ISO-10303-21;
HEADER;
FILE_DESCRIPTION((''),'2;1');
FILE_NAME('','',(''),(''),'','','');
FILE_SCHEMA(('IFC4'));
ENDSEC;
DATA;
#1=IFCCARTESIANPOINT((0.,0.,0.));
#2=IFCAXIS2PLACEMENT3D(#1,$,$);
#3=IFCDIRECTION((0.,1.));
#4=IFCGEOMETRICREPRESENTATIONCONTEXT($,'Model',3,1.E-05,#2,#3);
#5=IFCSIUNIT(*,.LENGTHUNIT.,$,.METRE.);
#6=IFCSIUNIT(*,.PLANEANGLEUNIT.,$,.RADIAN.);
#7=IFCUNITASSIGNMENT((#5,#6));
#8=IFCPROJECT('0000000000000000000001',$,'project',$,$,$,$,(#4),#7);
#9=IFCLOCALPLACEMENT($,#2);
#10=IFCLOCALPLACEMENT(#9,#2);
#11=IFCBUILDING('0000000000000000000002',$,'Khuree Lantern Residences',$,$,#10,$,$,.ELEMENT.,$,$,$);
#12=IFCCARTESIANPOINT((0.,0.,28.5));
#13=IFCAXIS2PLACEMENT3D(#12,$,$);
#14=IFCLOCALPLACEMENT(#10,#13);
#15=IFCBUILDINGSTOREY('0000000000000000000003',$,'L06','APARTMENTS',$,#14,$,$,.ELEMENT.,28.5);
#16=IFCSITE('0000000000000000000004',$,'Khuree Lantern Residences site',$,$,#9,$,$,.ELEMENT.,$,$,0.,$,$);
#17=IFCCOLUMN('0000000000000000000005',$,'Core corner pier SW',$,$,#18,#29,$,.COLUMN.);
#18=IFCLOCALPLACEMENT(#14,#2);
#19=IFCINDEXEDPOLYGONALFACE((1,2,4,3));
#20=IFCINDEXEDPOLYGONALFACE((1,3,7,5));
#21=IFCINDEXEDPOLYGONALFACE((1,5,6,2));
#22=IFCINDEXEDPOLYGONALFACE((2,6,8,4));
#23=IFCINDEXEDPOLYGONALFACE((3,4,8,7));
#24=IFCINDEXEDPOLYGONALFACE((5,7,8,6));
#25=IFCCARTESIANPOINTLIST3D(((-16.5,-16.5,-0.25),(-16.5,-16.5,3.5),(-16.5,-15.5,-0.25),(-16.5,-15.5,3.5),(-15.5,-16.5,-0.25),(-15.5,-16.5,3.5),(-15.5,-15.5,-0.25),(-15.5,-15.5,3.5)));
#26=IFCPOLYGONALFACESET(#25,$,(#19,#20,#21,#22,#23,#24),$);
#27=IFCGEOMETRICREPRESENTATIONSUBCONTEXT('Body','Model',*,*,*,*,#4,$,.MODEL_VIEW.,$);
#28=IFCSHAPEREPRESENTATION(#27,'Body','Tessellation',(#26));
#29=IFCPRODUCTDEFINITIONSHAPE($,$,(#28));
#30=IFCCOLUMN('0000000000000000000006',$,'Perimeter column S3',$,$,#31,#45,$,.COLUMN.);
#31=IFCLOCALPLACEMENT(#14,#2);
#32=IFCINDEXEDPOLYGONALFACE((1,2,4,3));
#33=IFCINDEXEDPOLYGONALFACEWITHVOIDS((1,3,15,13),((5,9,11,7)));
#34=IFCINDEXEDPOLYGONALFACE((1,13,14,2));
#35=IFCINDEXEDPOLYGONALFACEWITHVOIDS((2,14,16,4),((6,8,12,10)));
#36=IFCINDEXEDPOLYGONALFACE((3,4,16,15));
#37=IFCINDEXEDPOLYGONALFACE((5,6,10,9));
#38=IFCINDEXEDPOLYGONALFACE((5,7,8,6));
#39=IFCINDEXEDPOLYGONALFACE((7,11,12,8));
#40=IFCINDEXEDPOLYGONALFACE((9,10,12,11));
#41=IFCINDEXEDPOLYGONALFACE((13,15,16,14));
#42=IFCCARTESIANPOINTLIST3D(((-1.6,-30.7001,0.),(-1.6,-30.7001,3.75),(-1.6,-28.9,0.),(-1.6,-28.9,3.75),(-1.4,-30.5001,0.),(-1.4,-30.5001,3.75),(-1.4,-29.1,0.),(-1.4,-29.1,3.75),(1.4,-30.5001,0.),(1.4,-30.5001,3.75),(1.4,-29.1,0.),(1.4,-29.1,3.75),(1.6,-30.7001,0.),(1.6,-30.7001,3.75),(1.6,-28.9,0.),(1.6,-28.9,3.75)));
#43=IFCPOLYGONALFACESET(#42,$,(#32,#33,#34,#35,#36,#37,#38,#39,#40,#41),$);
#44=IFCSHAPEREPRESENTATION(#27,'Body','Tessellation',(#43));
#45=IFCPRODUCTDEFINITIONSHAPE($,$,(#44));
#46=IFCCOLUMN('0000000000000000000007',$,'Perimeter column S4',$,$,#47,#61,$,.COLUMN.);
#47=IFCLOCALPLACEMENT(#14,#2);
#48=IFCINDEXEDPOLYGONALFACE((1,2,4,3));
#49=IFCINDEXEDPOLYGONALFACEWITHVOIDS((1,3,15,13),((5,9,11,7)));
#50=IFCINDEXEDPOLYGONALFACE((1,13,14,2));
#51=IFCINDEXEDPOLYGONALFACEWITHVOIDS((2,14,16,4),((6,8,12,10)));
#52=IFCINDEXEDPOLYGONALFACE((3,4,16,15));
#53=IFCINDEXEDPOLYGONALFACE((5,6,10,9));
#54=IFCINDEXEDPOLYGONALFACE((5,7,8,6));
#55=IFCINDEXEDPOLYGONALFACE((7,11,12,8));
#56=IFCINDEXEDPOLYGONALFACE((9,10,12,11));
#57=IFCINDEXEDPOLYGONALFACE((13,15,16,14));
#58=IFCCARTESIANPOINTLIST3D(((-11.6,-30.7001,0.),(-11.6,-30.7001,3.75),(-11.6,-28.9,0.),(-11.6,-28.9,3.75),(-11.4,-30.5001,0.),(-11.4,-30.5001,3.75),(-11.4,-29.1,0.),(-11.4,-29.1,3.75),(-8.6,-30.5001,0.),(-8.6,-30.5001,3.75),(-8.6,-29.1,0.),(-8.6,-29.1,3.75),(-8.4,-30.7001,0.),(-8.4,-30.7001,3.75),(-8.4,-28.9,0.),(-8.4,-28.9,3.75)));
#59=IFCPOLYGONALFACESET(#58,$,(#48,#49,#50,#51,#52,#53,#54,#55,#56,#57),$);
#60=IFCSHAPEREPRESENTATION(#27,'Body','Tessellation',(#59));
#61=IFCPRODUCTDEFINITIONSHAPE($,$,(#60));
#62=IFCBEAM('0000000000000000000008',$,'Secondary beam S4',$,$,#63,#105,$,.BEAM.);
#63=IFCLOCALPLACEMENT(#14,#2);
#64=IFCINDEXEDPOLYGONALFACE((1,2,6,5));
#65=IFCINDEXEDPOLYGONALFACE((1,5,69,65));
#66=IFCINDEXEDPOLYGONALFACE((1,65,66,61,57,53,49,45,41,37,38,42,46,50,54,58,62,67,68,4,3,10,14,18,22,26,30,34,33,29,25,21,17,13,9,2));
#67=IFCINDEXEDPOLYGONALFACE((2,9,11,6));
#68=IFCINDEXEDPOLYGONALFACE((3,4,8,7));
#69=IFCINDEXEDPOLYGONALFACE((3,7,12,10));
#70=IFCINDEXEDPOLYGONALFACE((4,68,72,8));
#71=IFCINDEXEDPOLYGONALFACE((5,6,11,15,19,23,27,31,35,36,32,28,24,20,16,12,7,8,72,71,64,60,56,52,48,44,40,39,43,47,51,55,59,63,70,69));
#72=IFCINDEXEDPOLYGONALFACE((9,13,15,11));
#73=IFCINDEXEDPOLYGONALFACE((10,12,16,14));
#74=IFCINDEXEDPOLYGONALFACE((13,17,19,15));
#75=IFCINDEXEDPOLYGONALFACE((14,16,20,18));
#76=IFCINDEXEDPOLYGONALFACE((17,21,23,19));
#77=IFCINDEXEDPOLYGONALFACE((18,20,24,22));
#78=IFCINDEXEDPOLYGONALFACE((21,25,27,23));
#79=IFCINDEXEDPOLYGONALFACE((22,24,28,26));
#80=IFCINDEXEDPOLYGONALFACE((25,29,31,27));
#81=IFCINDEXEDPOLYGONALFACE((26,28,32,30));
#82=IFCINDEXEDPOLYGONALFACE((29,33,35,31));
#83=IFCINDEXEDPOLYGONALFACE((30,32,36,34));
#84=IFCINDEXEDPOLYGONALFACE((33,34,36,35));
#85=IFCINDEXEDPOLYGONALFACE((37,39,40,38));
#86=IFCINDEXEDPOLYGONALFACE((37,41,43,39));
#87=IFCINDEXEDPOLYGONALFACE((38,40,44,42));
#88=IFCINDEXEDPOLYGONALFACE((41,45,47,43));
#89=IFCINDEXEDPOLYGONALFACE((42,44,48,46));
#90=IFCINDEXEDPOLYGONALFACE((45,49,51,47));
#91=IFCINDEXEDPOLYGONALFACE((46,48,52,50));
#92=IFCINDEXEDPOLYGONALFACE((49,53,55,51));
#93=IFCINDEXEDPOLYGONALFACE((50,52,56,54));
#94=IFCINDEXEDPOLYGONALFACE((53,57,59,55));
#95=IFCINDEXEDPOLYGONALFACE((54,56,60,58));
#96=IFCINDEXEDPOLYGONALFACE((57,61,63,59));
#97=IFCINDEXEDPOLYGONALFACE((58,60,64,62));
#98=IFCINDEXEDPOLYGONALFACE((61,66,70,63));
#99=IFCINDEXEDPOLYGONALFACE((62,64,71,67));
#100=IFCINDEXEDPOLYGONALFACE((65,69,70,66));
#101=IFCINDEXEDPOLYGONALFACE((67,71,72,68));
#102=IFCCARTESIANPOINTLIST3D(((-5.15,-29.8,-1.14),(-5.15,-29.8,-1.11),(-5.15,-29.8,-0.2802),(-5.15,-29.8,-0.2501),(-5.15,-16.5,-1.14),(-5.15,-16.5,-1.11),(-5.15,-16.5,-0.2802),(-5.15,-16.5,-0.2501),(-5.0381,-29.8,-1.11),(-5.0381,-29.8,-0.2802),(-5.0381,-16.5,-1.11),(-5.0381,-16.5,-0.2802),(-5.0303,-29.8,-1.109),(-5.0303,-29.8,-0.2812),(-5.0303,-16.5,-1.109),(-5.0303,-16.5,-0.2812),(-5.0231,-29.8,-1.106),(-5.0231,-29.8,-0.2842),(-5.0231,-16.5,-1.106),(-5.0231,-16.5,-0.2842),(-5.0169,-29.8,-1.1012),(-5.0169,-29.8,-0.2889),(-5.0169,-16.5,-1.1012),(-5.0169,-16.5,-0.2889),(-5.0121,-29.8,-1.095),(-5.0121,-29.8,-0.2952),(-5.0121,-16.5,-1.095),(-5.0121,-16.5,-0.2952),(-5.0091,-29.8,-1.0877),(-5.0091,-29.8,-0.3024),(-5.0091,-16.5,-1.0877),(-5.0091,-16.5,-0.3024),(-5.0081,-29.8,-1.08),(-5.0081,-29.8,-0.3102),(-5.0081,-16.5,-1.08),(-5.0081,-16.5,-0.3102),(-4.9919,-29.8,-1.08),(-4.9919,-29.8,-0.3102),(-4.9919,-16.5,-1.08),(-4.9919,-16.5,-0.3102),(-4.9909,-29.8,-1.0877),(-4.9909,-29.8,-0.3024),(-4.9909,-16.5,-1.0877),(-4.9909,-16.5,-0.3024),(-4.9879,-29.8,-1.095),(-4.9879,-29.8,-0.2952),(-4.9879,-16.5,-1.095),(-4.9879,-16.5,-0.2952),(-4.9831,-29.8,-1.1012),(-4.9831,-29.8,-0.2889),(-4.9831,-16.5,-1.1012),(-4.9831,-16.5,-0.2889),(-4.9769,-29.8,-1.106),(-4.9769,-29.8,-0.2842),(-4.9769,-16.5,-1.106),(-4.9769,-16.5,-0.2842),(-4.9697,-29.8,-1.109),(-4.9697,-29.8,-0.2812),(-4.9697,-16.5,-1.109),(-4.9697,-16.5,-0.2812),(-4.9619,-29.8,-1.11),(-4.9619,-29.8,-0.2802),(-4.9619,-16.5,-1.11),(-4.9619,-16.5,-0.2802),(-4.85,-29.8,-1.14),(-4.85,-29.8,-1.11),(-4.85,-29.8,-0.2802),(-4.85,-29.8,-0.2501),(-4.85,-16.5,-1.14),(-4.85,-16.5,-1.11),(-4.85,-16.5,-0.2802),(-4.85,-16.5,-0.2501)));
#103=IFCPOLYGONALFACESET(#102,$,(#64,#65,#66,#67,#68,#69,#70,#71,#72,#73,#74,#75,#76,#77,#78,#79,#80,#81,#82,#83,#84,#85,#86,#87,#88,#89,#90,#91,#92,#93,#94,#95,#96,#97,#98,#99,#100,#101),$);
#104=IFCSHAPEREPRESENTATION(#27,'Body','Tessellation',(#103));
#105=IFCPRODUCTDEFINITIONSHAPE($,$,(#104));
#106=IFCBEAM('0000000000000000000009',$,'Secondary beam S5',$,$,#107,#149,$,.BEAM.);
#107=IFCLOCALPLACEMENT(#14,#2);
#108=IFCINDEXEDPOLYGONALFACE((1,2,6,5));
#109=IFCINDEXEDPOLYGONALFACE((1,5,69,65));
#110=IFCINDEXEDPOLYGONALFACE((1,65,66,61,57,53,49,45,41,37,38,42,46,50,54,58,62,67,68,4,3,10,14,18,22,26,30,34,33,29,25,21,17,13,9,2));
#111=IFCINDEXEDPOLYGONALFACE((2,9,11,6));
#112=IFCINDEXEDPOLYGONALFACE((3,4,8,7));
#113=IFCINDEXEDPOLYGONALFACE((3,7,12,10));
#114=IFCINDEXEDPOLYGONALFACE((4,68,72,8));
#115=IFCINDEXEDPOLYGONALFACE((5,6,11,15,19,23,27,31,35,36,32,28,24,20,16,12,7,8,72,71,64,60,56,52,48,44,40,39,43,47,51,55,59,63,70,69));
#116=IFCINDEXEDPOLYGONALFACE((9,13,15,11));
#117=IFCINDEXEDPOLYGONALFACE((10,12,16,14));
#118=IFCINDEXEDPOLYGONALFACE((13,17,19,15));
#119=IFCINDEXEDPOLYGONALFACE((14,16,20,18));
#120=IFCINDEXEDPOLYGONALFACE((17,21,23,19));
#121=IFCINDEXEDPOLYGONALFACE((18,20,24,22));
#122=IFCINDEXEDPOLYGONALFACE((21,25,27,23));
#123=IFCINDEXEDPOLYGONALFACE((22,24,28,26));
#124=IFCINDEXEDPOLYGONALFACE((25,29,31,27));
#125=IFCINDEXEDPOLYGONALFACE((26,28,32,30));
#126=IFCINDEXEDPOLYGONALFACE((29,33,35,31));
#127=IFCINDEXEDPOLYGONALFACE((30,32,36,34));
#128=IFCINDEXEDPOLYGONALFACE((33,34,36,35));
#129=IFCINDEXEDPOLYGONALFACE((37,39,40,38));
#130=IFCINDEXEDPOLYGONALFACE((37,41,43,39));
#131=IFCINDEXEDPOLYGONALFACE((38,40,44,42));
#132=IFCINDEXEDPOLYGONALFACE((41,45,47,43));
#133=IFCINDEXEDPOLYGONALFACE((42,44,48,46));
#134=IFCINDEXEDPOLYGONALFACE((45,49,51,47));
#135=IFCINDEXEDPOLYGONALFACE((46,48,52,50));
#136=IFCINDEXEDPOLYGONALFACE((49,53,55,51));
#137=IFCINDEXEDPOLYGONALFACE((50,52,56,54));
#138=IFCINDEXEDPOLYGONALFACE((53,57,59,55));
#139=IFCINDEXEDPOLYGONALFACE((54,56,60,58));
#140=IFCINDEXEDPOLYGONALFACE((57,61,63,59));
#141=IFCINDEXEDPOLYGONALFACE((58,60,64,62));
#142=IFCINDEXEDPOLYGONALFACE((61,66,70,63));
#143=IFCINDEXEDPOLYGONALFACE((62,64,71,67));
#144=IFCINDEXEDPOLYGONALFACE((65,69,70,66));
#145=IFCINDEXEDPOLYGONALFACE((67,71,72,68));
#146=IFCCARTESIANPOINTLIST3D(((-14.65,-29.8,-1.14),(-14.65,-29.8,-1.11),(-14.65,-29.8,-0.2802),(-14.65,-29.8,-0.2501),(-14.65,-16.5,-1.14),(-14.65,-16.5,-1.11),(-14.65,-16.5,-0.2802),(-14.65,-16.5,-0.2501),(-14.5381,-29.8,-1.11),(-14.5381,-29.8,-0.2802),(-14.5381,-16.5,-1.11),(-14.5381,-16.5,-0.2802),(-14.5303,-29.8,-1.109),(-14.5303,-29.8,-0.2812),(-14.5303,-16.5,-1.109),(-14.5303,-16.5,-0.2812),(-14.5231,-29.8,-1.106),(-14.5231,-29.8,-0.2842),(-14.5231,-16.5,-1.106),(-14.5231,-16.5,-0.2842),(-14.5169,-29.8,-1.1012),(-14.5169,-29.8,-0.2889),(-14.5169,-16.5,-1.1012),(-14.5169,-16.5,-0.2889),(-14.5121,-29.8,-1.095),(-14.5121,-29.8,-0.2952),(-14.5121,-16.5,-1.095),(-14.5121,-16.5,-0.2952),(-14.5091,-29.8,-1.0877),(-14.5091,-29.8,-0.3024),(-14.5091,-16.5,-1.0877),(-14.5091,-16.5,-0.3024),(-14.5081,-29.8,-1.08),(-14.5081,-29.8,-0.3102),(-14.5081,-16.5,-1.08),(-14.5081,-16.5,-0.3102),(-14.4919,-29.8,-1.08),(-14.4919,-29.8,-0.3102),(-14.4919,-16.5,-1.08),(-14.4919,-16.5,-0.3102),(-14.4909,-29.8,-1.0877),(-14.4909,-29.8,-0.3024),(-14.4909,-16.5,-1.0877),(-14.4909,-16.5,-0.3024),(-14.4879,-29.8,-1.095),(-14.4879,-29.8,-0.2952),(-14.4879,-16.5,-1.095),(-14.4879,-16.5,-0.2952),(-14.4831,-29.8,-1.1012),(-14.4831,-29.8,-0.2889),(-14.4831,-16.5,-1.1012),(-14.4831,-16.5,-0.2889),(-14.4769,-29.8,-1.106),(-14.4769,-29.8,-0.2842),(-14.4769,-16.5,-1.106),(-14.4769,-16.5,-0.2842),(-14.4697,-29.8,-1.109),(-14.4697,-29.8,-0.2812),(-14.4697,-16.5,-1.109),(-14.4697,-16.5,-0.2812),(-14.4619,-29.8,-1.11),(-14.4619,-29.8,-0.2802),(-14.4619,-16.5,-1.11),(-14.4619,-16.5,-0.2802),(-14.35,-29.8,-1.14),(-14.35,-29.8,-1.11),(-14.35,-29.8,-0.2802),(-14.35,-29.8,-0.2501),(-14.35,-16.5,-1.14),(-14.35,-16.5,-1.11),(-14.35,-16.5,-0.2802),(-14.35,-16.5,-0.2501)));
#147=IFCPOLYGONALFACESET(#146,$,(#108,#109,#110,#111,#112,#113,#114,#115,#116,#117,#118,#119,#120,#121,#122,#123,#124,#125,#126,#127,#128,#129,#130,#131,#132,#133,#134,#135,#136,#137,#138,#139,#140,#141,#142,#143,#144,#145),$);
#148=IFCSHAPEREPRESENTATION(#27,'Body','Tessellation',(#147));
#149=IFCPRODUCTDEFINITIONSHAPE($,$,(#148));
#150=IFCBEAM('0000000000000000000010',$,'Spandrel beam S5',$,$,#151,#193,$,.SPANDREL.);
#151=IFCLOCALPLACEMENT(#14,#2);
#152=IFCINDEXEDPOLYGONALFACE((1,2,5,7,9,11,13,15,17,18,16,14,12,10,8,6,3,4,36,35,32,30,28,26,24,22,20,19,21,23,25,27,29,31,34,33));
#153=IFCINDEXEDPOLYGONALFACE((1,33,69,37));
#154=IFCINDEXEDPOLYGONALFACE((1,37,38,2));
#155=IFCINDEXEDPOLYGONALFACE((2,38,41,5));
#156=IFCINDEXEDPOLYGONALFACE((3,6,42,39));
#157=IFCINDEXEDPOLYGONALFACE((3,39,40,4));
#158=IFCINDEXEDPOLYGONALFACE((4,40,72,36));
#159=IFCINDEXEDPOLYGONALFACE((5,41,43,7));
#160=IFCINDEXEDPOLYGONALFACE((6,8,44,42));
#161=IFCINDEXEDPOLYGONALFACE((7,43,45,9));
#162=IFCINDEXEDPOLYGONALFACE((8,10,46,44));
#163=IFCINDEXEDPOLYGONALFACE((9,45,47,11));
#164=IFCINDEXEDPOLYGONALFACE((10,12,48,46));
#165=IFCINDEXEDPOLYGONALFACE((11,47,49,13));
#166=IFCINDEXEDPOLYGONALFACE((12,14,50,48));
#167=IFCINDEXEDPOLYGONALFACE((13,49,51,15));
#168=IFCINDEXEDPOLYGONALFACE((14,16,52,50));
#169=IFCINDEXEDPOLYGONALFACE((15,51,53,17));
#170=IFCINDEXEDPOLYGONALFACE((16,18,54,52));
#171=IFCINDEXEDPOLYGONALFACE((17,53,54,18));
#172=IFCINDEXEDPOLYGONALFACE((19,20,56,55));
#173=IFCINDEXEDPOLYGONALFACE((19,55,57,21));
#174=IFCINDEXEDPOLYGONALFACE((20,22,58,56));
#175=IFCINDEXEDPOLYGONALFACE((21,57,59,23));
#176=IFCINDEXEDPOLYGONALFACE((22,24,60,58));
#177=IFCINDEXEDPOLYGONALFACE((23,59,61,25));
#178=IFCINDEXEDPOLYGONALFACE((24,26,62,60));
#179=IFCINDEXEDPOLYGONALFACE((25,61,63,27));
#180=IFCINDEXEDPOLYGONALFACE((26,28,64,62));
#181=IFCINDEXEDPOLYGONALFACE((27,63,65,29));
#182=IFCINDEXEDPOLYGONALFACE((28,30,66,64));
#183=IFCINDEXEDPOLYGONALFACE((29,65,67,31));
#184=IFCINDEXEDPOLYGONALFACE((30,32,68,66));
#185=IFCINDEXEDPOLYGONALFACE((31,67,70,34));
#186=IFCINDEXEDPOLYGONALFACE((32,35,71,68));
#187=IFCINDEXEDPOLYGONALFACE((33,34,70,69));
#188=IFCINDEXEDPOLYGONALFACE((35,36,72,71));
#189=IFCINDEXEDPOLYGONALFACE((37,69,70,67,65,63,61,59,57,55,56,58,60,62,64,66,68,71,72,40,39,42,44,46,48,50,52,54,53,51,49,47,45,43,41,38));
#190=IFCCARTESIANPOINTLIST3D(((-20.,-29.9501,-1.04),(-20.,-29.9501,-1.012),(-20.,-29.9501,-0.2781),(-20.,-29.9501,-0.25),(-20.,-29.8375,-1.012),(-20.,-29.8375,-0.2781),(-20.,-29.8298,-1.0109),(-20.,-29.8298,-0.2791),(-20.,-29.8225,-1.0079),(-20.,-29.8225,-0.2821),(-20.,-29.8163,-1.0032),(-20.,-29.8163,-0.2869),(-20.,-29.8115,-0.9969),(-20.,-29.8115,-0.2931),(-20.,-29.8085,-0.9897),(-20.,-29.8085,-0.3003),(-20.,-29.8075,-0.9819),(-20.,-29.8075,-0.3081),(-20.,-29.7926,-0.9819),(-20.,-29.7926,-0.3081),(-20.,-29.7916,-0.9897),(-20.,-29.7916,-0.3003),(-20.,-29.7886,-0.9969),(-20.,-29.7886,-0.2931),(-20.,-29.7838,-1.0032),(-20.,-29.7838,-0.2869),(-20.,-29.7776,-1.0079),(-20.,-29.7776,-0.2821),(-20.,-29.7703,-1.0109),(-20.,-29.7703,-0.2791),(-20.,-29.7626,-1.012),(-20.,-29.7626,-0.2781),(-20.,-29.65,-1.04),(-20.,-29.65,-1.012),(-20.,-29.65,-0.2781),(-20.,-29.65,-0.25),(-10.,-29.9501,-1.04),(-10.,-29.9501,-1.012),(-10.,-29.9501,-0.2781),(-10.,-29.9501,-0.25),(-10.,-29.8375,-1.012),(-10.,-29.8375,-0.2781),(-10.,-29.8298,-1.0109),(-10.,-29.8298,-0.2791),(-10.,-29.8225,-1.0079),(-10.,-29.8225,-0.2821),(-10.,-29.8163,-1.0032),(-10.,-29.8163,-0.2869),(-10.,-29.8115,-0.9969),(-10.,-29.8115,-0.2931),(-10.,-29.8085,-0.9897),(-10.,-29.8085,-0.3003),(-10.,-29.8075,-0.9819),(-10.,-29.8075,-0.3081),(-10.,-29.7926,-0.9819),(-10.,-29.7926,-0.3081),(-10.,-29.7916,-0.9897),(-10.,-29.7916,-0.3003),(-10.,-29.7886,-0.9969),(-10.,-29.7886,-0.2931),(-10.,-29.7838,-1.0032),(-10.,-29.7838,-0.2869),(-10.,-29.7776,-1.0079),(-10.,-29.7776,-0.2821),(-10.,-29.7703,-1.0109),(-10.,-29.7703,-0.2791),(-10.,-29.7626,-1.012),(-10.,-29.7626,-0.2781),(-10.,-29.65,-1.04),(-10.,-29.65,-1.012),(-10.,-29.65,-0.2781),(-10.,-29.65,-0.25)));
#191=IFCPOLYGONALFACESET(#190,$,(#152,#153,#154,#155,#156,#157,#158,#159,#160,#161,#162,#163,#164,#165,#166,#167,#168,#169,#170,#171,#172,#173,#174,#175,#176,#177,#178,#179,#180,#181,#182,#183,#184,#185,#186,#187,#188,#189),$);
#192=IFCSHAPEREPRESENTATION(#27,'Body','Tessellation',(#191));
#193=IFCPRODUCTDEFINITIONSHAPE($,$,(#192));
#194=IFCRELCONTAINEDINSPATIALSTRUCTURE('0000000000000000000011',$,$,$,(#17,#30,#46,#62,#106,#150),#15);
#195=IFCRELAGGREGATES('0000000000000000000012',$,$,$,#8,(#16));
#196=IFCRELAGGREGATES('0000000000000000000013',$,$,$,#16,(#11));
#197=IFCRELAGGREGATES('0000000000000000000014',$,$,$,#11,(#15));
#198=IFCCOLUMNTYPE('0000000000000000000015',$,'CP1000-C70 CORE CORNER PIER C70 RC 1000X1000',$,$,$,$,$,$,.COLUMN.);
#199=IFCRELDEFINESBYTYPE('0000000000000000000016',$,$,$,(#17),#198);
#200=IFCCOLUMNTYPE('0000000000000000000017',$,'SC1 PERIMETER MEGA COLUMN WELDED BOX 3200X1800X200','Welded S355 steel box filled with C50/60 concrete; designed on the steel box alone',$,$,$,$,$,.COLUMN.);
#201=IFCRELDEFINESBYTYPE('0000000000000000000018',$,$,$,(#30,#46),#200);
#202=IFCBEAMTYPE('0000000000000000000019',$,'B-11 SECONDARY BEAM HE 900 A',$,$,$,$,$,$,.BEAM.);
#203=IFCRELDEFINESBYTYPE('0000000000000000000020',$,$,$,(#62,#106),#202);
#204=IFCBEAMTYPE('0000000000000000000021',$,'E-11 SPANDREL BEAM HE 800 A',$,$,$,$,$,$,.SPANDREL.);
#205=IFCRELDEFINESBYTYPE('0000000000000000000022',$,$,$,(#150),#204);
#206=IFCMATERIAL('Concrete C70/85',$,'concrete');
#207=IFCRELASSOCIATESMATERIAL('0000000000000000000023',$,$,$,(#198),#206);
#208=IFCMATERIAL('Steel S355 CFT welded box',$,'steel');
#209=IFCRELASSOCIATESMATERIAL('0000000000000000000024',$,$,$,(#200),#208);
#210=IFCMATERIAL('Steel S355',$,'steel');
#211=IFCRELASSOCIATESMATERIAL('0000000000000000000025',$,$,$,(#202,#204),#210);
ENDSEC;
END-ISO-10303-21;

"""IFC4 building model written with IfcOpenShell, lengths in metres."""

from ifc_helpers import new_model, si_unit, direction, frame, origin, origin_2d, place, context, subcontext, project, spatial, rectangle, hollow_rectangle, i_section, extrude, material, material_profile, profile_set, type_object, element, save


model = new_model("IFC4")

# Units and contexts
model_context = context("Model", 3, precision=1e-05, world=origin(), true_north=direction((0.0, 1.0)))
body_context = subcontext(model_context, "Body", "Model", "MODEL_VIEW")
ifc_project = project(units=[si_unit("LENGTHUNIT", "METRE"), si_unit("PLANEANGLEUNIT", "RADIAN")], contexts=[model_context])

# Site, building, storey
site_placement = place(None, origin())
site = spatial("IfcSite", under=ifc_project, at=site_placement, Name="Khuree Lantern Residences site", CompositionType="ELEMENT", RefElevation=0.0)
building_placement = place(site_placement, origin())
building = spatial("IfcBuilding", under=site, at=building_placement, Name="Khuree Lantern Residences", CompositionType="ELEMENT")
storey_placement = place(building_placement, frame((0.0, 0.0, 28.5)))
storey = spatial("IfcBuildingStorey", under=building, at=storey_placement, Name="L06", Description="APARTMENTS", CompositionType="ELEMENT", Elevation=28.5)

# Columns
ifc_material_1 = material(Name="Concrete C70/85", Category="concrete")
ifc_material_profile_1 = material_profile(ifc_material_1, rectangle(XDim=1.0, YDim=1.0, at=origin_2d()), Name="RC 1000X1000")
ifc_profile_set_1 = profile_set([ifc_material_profile_1], Name="Concrete C70/85")
column_type_1 = type_object("IfcColumnType", Name="CP1000-C70 CORE CORNER PIER C70 RC 1000X1000", PredefinedType="COLUMN", material=ifc_profile_set_1)
column_placement = place(storey_placement, frame((-16.0, -16.0, -0.25), z_axis=(0.0, 0.0, 1.0), x_axis=(1.0, 0.0, 0.0)))
element("IfcColumn", 1, at=column_placement, inside=storey, type_object=column_type_1, Name="Core corner pier SW", PredefinedType="COLUMN", context=body_context, shape_type="SweptSolid", body=[
    extrude(rectangle(XDim=1.0, YDim=1.0, at=origin_2d()), origin(), (0.0, 0.0, 1.0), 3.75),
])
ifc_material_2 = material(Name="Steel S355 CFT welded box", Category="steel")
ifc_material_profile_2 = material_profile(ifc_material_2, hollow_rectangle(XDim=3.2, YDim=1.8, WallThickness=0.2, at=origin_2d()), Name="WELDED BOX 3200X1800X200")
ifc_profile_set_2 = profile_set([ifc_material_profile_2], Name="Steel S355 CFT welded box")
column_type_2 = type_object("IfcColumnType", Name="SC1 PERIMETER MEGA COLUMN WELDED BOX 3200X1800X200", Description="Welded S355 steel box filled with C50/60 concrete; designed on the steel box alone", PredefinedType="COLUMN", material=ifc_profile_set_2)
for number, where, z_axis, x_axis, name in (
    (2, (0.0, -29.8, 0.0), (0.0, 0.0, 1.0), (1.0, 0.0, 0.0), "Perimeter column S3"),
    (3, (-10.0, -29.8, 0.0), (0.0, 0.0, 1.0), (1.0, 0.0, 0.0), "Perimeter column S4"),
):
    element("IfcColumn", number, at=place(storey_placement, frame(where, z_axis=z_axis, x_axis=x_axis)), inside=storey, type_object=column_type_2, Name=name, PredefinedType="COLUMN", context=body_context, shape_type="SweptSolid", body=[
        extrude(hollow_rectangle(XDim=3.2, YDim=1.8, WallThickness=0.2, at=origin_2d()), origin(), (0.0, 0.0, 1.0), 3.75),
    ])

# Beams
ifc_material_3 = material(Name="Steel S355", Category="steel")
ifc_material_profile_3 = material_profile(ifc_material_3, i_section(OverallWidth=0.3, OverallDepth=0.8899, WebThickness=0.0161, FlangeThickness=0.03, FilletRadius=0.03, at=origin_2d()), Name="HE 900 A")
ifc_profile_set_3 = profile_set([ifc_material_profile_3], Name="Steel S355")
beam_type_1 = type_object("IfcBeamType", Name="B-11 SECONDARY BEAM HE 900 A", PredefinedType="BEAM", material=ifc_profile_set_3)
for number, where, z_axis, x_axis, name in (
    (4, (-5.0, -29.8, -0.6951), (0.0, 1.0, 0.0), (-1.0, 0.0, 0.0), "Secondary beam S4"),
    (5, (-14.5, -29.8, -0.6951), (0.0, 1.0, 0.0), (-1.0, 0.0, 0.0), "Secondary beam S5"),
):
    element("IfcBeam", number, at=place(storey_placement, frame(where, z_axis=z_axis, x_axis=x_axis)), inside=storey, type_object=beam_type_1, Name=name, PredefinedType="BEAM", context=body_context, shape_type="SweptSolid", body=[
        extrude(i_section(OverallWidth=0.3, OverallDepth=0.8899, WebThickness=0.0161, FlangeThickness=0.03, FilletRadius=0.03, at=origin_2d()), origin(), (0.0, 0.0, 1.0), 13.3),
    ])
ifc_material_profile_4 = material_profile(ifc_material_3, i_section(OverallWidth=0.3, OverallDepth=0.79, WebThickness=0.0149, FlangeThickness=0.0281, FilletRadius=0.03, at=origin_2d()), Name="HE 800 A")
ifc_profile_set_4 = profile_set([ifc_material_profile_4], Name="Steel S355")
beam_type_2 = type_object("IfcBeamType", Name="E-11 SPANDREL BEAM HE 800 A", PredefinedType="SPANDREL", material=ifc_profile_set_4)
beam_1_placement = place(storey_placement, frame((-10.0, -29.8, -0.645), z_axis=(-1.0, 0.0, 0.0), x_axis=(0.0, -1.0, 0.0)))
element("IfcBeam", 6, at=beam_1_placement, inside=storey, type_object=beam_type_2, Name="Spandrel beam S5", PredefinedType="SPANDREL", context=body_context, shape_type="SweptSolid", body=[
    extrude(i_section(OverallWidth=0.3, OverallDepth=0.79, WebThickness=0.0149, FlangeThickness=0.0281, FilletRadius=0.03, at=origin_2d()), origin(), (0.0, 0.0, 1.0), 10.0),
])

save(model, "model.ifc")
